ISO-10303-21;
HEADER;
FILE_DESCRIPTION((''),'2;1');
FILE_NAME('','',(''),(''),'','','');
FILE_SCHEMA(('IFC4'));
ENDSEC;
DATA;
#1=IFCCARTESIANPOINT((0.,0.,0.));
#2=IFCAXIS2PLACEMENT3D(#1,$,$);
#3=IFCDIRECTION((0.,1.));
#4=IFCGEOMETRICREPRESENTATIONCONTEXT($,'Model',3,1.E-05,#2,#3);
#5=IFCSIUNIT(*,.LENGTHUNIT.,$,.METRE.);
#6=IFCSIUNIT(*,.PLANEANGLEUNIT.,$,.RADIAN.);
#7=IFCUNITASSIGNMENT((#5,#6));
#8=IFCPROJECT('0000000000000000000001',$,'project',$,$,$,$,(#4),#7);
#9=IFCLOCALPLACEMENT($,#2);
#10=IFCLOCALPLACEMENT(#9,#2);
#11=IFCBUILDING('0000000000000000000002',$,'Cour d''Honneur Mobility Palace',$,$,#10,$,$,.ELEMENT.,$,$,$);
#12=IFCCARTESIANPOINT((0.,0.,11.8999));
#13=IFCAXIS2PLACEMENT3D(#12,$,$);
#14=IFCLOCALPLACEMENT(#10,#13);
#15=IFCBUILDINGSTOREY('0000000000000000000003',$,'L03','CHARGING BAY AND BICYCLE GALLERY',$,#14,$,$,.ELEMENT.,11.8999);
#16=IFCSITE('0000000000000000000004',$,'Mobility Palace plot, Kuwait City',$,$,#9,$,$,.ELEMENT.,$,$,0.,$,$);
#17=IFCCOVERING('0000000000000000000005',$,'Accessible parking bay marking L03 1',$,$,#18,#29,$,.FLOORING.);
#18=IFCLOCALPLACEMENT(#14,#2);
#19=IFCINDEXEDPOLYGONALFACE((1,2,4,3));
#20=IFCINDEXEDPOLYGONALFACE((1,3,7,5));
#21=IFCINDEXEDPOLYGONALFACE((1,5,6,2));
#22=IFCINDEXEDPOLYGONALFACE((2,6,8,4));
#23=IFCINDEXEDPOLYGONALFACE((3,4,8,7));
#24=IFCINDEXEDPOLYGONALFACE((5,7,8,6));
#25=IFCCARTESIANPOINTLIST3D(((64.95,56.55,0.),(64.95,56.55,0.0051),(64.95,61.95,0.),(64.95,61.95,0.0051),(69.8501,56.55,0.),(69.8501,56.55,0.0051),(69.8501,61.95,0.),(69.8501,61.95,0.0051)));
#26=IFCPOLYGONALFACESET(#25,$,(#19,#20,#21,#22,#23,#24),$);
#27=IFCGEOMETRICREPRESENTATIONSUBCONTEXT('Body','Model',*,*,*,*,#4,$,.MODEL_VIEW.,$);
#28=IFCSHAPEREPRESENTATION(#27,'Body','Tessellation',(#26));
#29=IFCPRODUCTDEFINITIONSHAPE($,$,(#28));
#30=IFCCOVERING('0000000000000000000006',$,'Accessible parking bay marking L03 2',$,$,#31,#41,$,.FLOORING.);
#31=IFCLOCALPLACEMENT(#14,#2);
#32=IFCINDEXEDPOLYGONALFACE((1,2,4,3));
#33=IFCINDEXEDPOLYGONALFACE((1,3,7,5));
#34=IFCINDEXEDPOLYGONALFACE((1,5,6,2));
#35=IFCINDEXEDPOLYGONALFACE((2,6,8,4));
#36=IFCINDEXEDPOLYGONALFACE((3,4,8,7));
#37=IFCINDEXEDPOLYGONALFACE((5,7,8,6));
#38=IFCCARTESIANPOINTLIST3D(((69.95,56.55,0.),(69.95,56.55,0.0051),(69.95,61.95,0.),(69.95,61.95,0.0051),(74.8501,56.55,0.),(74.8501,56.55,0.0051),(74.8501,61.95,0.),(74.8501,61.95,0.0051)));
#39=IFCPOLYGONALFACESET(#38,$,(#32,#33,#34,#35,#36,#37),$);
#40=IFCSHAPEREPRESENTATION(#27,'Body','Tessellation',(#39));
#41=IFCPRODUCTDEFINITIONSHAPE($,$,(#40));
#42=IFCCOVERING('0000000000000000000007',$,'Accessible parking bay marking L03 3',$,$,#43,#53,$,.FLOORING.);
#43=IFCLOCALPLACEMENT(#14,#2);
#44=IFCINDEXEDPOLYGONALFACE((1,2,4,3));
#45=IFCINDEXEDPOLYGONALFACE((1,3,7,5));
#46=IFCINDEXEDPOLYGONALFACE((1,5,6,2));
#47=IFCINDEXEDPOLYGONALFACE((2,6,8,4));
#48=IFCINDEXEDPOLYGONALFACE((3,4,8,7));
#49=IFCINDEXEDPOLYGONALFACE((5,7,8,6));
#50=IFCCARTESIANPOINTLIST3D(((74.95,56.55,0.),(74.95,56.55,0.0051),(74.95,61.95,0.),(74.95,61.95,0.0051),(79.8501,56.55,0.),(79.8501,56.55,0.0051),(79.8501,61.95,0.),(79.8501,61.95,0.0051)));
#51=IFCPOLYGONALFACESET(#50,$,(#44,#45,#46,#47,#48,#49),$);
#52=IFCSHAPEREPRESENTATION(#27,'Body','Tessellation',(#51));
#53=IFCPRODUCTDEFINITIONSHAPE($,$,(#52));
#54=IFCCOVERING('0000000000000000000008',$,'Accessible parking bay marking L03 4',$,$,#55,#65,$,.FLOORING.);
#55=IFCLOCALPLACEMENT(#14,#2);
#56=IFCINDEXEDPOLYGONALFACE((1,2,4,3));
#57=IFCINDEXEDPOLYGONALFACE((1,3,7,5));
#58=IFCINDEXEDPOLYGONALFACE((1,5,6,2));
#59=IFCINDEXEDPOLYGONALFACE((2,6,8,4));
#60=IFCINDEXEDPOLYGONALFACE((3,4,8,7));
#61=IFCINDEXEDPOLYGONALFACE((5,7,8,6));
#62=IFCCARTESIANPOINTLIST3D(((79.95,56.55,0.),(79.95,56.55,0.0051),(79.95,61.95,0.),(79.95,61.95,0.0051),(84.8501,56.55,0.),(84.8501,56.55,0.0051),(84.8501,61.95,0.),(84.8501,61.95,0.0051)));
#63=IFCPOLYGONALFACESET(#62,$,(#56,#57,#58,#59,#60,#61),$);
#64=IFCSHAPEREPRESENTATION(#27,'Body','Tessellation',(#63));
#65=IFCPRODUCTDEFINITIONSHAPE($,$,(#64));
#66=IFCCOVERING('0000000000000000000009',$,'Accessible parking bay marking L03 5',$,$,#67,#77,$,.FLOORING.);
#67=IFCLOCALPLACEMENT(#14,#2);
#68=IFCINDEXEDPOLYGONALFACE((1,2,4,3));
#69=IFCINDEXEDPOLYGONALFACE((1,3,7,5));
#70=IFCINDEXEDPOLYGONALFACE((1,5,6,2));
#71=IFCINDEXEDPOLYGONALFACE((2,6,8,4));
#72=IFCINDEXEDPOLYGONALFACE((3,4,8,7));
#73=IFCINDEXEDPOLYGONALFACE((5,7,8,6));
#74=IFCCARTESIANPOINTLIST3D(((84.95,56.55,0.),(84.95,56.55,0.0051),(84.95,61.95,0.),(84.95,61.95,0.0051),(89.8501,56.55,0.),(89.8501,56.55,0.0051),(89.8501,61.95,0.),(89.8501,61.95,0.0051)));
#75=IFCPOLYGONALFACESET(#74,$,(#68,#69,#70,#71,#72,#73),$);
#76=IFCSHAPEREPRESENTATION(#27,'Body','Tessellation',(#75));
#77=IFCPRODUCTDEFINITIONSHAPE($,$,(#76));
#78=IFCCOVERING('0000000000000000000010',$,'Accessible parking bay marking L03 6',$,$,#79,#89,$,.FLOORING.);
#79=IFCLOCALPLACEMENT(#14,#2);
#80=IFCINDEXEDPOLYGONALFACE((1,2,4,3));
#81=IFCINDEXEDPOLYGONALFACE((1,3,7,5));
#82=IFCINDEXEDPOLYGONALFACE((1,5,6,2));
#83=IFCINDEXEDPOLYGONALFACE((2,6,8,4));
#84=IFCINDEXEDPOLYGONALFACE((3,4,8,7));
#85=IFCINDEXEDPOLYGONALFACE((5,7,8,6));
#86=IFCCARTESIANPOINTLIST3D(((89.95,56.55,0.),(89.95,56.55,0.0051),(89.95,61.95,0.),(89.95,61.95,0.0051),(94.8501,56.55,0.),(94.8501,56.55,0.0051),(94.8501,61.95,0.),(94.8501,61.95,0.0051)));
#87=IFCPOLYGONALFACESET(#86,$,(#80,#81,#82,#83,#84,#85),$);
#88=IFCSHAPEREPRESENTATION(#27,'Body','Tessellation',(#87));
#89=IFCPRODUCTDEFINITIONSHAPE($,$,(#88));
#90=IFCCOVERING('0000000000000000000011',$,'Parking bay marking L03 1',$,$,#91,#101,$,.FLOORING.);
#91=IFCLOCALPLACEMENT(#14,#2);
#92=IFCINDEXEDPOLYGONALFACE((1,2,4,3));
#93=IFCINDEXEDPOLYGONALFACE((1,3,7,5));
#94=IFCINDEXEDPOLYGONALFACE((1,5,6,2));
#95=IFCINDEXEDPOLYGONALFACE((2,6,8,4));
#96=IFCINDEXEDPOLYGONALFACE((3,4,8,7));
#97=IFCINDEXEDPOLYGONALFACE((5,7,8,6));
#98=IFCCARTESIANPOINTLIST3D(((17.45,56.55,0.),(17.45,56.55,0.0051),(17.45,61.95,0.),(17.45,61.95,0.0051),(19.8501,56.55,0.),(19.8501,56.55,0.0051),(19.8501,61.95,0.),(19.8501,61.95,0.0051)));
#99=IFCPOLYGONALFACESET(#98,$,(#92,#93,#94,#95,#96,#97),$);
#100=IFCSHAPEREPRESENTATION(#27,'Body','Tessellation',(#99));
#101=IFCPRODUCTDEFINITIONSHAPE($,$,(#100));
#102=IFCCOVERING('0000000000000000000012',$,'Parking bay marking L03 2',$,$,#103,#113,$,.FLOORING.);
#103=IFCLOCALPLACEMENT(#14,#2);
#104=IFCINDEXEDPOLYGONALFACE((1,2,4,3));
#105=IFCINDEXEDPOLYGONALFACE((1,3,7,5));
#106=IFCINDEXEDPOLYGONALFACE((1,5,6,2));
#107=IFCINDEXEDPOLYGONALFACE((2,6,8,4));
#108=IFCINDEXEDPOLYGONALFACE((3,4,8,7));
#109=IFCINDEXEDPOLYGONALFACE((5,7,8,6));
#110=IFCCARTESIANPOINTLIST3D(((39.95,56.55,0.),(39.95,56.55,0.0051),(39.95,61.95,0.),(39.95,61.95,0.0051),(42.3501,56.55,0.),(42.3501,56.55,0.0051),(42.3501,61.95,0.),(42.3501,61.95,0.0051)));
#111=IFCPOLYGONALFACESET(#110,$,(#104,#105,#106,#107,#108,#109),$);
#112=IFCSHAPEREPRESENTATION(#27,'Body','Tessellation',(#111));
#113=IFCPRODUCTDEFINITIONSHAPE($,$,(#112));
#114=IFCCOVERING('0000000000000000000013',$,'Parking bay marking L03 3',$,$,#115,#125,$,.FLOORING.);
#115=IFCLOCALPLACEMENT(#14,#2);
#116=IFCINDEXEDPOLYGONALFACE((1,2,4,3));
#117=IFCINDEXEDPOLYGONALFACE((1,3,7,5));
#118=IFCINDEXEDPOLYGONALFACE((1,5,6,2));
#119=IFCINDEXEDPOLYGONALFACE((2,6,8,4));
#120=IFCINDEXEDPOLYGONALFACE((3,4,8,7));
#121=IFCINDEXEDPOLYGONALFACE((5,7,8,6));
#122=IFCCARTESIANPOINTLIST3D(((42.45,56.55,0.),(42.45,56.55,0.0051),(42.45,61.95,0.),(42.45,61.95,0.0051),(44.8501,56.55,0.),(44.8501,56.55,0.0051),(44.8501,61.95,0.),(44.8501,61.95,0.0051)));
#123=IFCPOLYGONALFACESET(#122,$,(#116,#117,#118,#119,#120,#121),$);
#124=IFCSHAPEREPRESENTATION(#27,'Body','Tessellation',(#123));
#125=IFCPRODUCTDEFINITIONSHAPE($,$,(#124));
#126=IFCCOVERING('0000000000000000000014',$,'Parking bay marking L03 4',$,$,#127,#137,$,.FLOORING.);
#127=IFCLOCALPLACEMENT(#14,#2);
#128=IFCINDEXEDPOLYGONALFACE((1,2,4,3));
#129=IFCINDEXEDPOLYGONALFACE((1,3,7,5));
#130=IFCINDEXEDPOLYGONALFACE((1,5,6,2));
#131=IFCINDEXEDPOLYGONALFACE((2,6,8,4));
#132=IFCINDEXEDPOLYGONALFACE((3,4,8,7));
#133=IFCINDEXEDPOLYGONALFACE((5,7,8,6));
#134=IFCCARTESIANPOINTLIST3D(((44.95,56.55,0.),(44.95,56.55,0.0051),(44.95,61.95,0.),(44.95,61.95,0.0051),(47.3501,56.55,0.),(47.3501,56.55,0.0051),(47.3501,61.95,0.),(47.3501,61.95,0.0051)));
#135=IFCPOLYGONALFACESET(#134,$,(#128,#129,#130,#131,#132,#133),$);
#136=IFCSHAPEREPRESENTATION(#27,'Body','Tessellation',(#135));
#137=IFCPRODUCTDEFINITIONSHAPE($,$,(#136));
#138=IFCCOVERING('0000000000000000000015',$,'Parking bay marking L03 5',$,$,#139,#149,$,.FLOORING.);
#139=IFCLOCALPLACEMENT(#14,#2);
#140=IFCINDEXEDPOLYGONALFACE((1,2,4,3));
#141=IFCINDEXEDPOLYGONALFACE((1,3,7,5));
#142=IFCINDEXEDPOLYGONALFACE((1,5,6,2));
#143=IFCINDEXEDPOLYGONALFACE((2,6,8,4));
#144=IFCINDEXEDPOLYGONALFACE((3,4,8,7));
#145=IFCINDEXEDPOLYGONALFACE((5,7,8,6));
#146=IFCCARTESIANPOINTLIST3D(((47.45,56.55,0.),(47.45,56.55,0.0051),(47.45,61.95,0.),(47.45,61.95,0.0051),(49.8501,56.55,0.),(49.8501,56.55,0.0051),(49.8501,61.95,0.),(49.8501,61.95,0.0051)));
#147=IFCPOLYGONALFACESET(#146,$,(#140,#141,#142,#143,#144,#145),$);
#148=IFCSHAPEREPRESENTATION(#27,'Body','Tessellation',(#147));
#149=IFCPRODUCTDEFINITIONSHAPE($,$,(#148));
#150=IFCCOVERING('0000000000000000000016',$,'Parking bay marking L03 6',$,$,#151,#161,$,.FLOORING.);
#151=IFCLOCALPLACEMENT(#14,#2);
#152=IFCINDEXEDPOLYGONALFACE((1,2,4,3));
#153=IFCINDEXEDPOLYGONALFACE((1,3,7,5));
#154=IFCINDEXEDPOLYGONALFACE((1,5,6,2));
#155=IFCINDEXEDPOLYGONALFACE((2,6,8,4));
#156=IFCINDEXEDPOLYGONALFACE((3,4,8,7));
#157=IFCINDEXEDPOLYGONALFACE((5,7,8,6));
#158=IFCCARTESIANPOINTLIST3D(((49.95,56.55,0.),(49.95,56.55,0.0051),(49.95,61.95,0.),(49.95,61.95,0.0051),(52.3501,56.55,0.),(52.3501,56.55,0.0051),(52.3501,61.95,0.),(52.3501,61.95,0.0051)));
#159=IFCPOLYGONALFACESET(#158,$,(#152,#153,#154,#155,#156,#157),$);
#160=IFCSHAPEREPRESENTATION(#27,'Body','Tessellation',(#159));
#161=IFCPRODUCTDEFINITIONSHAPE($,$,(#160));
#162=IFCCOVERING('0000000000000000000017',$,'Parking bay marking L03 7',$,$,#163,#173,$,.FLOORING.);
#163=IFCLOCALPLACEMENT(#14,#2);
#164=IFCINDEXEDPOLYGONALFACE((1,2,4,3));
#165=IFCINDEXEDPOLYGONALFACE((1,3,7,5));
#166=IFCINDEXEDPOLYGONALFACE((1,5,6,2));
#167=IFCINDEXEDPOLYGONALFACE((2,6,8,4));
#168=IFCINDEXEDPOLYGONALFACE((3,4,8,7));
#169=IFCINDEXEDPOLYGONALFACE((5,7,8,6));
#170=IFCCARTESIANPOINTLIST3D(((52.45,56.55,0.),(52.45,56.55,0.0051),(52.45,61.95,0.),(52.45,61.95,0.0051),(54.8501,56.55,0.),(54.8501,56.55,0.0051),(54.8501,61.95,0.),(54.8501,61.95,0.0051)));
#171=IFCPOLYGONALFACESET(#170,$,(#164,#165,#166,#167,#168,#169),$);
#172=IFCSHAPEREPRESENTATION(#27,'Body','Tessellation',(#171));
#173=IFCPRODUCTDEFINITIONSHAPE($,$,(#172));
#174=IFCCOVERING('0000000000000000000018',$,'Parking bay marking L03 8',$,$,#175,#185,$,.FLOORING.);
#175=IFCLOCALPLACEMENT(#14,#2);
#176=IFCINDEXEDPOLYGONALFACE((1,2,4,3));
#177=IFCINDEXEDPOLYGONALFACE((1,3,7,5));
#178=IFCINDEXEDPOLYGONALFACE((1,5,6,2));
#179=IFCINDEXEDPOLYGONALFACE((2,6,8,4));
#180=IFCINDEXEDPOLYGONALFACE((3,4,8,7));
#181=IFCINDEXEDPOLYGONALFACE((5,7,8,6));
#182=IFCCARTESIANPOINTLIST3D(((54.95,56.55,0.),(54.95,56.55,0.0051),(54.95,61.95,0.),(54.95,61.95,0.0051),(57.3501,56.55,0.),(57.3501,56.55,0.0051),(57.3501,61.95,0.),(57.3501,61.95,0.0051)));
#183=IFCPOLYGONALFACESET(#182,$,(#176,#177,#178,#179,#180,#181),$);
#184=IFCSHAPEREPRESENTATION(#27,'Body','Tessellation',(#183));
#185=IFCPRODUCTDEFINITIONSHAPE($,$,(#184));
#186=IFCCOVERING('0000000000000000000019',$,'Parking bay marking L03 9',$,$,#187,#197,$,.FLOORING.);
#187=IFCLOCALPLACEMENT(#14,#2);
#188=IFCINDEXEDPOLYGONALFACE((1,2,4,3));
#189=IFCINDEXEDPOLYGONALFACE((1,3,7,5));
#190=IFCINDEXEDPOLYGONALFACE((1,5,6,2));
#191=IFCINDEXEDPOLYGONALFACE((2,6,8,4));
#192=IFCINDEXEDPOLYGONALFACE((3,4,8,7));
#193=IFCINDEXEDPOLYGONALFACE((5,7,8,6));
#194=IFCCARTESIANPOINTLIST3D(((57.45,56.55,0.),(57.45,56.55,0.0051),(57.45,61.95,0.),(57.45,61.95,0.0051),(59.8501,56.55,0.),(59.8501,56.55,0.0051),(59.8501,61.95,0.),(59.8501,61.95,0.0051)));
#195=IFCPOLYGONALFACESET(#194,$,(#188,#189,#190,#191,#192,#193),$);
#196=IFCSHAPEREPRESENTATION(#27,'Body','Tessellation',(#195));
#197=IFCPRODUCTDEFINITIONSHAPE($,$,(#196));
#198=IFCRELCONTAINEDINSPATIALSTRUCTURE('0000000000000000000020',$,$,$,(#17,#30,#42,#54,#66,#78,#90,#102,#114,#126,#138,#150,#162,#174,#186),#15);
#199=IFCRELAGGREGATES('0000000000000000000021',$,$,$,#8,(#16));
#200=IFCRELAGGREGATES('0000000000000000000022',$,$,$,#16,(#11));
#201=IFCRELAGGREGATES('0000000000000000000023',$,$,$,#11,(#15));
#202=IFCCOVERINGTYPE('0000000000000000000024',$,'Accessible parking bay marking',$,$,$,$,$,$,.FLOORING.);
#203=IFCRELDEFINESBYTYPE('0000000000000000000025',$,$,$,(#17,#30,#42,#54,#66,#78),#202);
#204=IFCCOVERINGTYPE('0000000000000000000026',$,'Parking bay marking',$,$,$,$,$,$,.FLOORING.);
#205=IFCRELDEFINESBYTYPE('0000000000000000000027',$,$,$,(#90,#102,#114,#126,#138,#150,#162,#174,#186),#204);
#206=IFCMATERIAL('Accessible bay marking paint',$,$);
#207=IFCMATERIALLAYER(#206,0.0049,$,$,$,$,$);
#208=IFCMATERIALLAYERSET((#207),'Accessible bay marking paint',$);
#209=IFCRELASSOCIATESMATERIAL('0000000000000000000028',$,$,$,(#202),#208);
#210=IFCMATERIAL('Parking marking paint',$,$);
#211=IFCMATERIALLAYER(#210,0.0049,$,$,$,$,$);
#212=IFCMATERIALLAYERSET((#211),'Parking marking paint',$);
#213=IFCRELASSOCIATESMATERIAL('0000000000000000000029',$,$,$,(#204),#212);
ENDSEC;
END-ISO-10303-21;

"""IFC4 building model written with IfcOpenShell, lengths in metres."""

from ifc_helpers import new_model, si_unit, direction, frame, origin, place, context, subcontext, project, spatial, polyline, outline, extrude, material, layer, layer_set, type_object, element, save


model = new_model("IFC4")

# Units and contexts
model_context = context("Model", 3, precision=1e-05, world=origin(), true_north=direction((0.0, 1.0)))
body_context = subcontext(model_context, "Body", "Model", "MODEL_VIEW")
ifc_project = project(units=[si_unit("LENGTHUNIT", "METRE"), si_unit("PLANEANGLEUNIT", "RADIAN")], contexts=[model_context])

# Site, building, storey
site_placement = place(None, origin())
site = spatial("IfcSite", under=ifc_project, at=site_placement, Name="Mobility Palace plot, Kuwait City", CompositionType="ELEMENT", RefElevation=0.0)
building_placement = place(site_placement, origin())
building = spatial("IfcBuilding", under=site, at=building_placement, Name="Cour d'Honneur Mobility Palace", CompositionType="ELEMENT")
storey_placement = place(building_placement, frame((0.0, 0.0, 11.8999)))
storey = spatial("IfcBuildingStorey", under=building, at=storey_placement, Name="L03", Description="CHARGING BAY AND BICYCLE GALLERY", CompositionType="ELEMENT", Elevation=11.8999)

# Coverings
ifc_material_1 = material(Name="Accessible bay marking paint")
ifc_layer_1 = layer(ifc_material_1, 0.0049)
ifc_layer_set_1 = layer_set([ifc_layer_1], Name="Accessible bay marking paint")
covering_type_1 = type_object("IfcCoveringType", Name="Accessible parking bay marking", PredefinedType="FLOORING", material=ifc_layer_set_1)
covering_1_placement = place(storey_placement, origin())
element("IfcCovering", 1, at=covering_1_placement, inside=storey, type_object=covering_type_1, Name="Accessible parking bay marking L03 1", PredefinedType="FLOORING", context=body_context, shape_type="SweptSolid", body=[
    extrude(outline(polyline([(64.95, 56.55), (64.95, 61.95), (69.8501, 61.95), (69.8501, 56.55), (64.95, 56.55)])), origin(), (0.0, 0.0, 1.0), 0.0051),
])
covering_2_placement = place(storey_placement, origin())
element("IfcCovering", 2, at=covering_2_placement, inside=storey, type_object=covering_type_1, Name="Accessible parking bay marking L03 2", PredefinedType="FLOORING", context=body_context, shape_type="SweptSolid", body=[
    extrude(outline(polyline([(69.95, 56.55), (69.95, 61.95), (74.8501, 61.95), (74.8501, 56.55), (69.95, 56.55)])), origin(), (0.0, 0.0, 1.0), 0.0051),
])
covering_3_placement = place(storey_placement, origin())
element("IfcCovering", 3, at=covering_3_placement, inside=storey, type_object=covering_type_1, Name="Accessible parking bay marking L03 3", PredefinedType="FLOORING", context=body_context, shape_type="SweptSolid", body=[
    extrude(outline(polyline([(74.95, 56.55), (74.95, 61.95), (79.8501, 61.95), (79.8501, 56.55), (74.95, 56.55)])), origin(), (0.0, 0.0, 1.0), 0.0051),
])
covering_4_placement = place(storey_placement, origin())
element("IfcCovering", 4, at=covering_4_placement, inside=storey, type_object=covering_type_1, Name="Accessible parking bay marking L03 4", PredefinedType="FLOORING", context=body_context, shape_type="SweptSolid", body=[
    extrude(outline(polyline([(79.95, 56.55), (79.95, 61.95), (84.8501, 61.95), (84.8501, 56.55), (79.95, 56.55)])), origin(), (0.0, 0.0, 1.0), 0.0051),
])
covering_5_placement = place(storey_placement, origin())
element("IfcCovering", 5, at=covering_5_placement, inside=storey, type_object=covering_type_1, Name="Accessible parking bay marking L03 5", PredefinedType="FLOORING", context=body_context, shape_type="SweptSolid", body=[
    extrude(outline(polyline([(84.95, 56.55), (84.95, 61.95), (89.8501, 61.95), (89.8501, 56.55), (84.95, 56.55)])), origin(), (0.0, 0.0, 1.0), 0.0051),
])
covering_6_placement = place(storey_placement, origin())
element("IfcCovering", 6, at=covering_6_placement, inside=storey, type_object=covering_type_1, Name="Accessible parking bay marking L03 6", PredefinedType="FLOORING", context=body_context, shape_type="SweptSolid", body=[
    extrude(outline(polyline([(89.95, 56.55), (89.95, 61.95), (94.8501, 61.95), (94.8501, 56.55), (89.95, 56.55)])), origin(), (0.0, 0.0, 1.0), 0.0051),
])
ifc_material_2 = material(Name="Parking marking paint")
ifc_layer_2 = layer(ifc_material_2, 0.0049)
ifc_layer_set_2 = layer_set([ifc_layer_2], Name="Parking marking paint")
covering_type_2 = type_object("IfcCoveringType", Name="Parking bay marking", PredefinedType="FLOORING", material=ifc_layer_set_2)
covering_7_placement = place(storey_placement, origin())
element("IfcCovering", 7, at=covering_7_placement, inside=storey, type_object=covering_type_2, Name="Parking bay marking L03 1", PredefinedType="FLOORING", context=body_context, shape_type="SweptSolid", body=[
    extrude(outline(polyline([(19.8501, 56.55), (17.45, 56.55), (17.45, 61.95), (19.8501, 61.95), (19.8501, 56.55)])), origin(), (0.0, 0.0, 1.0), 0.0051),
])
covering_8_placement = place(storey_placement, origin())
element("IfcCovering", 8, at=covering_8_placement, inside=storey, type_object=covering_type_2, Name="Parking bay marking L03 2", PredefinedType="FLOORING", context=body_context, shape_type="SweptSolid", body=[
    extrude(outline(polyline([(42.3501, 56.55), (39.95, 56.55), (39.95, 61.95), (42.3501, 61.95), (42.3501, 56.55)])), origin(), (0.0, 0.0, 1.0), 0.0051),
])
covering_9_placement = place(storey_placement, origin())
element("IfcCovering", 9, at=covering_9_placement, inside=storey, type_object=covering_type_2, Name="Parking bay marking L03 3", PredefinedType="FLOORING", context=body_context, shape_type="SweptSolid", body=[
    extrude(outline(polyline([(44.8501, 56.55), (42.45, 56.55), (42.45, 61.95), (44.8501, 61.95), (44.8501, 56.55)])), origin(), (0.0, 0.0, 1.0), 0.0051),
])
covering_10_placement = place(storey_placement, origin())
element("IfcCovering", 10, at=covering_10_placement, inside=storey, type_object=covering_type_2, Name="Parking bay marking L03 4", PredefinedType="FLOORING", context=body_context, shape_type="SweptSolid", body=[
    extrude(outline(polyline([(47.3501, 56.55), (44.95, 56.55), (44.95, 61.95), (47.3501, 61.95), (47.3501, 56.55)])), origin(), (0.0, 0.0, 1.0), 0.0051),
])
covering_11_placement = place(storey_placement, origin())
element("IfcCovering", 11, at=covering_11_placement, inside=storey, type_object=covering_type_2, Name="Parking bay marking L03 5", PredefinedType="FLOORING", context=body_context, shape_type="SweptSolid", body=[
    extrude(outline(polyline([(49.8501, 56.55), (47.45, 56.55), (47.45, 61.95), (49.8501, 61.95), (49.8501, 56.55)])), origin(), (0.0, 0.0, 1.0), 0.0051),
])
covering_12_placement = place(storey_placement, origin())
element("IfcCovering", 12, at=covering_12_placement, inside=storey, type_object=covering_type_2, Name="Parking bay marking L03 6", PredefinedType="FLOORING", context=body_context, shape_type="SweptSolid", body=[
    extrude(outline(polyline([(52.3501, 56.55), (49.95, 56.55), (49.95, 61.95), (52.3501, 61.95), (52.3501, 56.55)])), origin(), (0.0, 0.0, 1.0), 0.0051),
])
covering_13_placement = place(storey_placement, origin())
element("IfcCovering", 13, at=covering_13_placement, inside=storey, type_object=covering_type_2, Name="Parking bay marking L03 7", PredefinedType="FLOORING", context=body_context, shape_type="SweptSolid", body=[
    extrude(outline(polyline([(54.8501, 56.55), (52.45, 56.55), (52.45, 61.95), (54.8501, 61.95), (54.8501, 56.55)])), origin(), (0.0, 0.0, 1.0), 0.0051),
])
covering_14_placement = place(storey_placement, origin())
element("IfcCovering", 14, at=covering_14_placement, inside=storey, type_object=covering_type_2, Name="Parking bay marking L03 8", PredefinedType="FLOORING", context=body_context, shape_type="SweptSolid", body=[
    extrude(outline(polyline([(57.3501, 56.55), (54.95, 56.55), (54.95, 61.95), (57.3501, 61.95), (57.3501, 56.55)])), origin(), (0.0, 0.0, 1.0), 0.0051),
])
covering_15_placement = place(storey_placement, origin())
element("IfcCovering", 15, at=covering_15_placement, inside=storey, type_object=covering_type_2, Name="Parking bay marking L03 9", PredefinedType="FLOORING", context=body_context, shape_type="SweptSolid", body=[
    extrude(outline(polyline([(59.8501, 56.55), (57.45, 56.55), (57.45, 61.95), (59.8501, 61.95), (59.8501, 56.55)])), origin(), (0.0, 0.0, 1.0), 0.0051),
])

save(model, "model.ifc")
